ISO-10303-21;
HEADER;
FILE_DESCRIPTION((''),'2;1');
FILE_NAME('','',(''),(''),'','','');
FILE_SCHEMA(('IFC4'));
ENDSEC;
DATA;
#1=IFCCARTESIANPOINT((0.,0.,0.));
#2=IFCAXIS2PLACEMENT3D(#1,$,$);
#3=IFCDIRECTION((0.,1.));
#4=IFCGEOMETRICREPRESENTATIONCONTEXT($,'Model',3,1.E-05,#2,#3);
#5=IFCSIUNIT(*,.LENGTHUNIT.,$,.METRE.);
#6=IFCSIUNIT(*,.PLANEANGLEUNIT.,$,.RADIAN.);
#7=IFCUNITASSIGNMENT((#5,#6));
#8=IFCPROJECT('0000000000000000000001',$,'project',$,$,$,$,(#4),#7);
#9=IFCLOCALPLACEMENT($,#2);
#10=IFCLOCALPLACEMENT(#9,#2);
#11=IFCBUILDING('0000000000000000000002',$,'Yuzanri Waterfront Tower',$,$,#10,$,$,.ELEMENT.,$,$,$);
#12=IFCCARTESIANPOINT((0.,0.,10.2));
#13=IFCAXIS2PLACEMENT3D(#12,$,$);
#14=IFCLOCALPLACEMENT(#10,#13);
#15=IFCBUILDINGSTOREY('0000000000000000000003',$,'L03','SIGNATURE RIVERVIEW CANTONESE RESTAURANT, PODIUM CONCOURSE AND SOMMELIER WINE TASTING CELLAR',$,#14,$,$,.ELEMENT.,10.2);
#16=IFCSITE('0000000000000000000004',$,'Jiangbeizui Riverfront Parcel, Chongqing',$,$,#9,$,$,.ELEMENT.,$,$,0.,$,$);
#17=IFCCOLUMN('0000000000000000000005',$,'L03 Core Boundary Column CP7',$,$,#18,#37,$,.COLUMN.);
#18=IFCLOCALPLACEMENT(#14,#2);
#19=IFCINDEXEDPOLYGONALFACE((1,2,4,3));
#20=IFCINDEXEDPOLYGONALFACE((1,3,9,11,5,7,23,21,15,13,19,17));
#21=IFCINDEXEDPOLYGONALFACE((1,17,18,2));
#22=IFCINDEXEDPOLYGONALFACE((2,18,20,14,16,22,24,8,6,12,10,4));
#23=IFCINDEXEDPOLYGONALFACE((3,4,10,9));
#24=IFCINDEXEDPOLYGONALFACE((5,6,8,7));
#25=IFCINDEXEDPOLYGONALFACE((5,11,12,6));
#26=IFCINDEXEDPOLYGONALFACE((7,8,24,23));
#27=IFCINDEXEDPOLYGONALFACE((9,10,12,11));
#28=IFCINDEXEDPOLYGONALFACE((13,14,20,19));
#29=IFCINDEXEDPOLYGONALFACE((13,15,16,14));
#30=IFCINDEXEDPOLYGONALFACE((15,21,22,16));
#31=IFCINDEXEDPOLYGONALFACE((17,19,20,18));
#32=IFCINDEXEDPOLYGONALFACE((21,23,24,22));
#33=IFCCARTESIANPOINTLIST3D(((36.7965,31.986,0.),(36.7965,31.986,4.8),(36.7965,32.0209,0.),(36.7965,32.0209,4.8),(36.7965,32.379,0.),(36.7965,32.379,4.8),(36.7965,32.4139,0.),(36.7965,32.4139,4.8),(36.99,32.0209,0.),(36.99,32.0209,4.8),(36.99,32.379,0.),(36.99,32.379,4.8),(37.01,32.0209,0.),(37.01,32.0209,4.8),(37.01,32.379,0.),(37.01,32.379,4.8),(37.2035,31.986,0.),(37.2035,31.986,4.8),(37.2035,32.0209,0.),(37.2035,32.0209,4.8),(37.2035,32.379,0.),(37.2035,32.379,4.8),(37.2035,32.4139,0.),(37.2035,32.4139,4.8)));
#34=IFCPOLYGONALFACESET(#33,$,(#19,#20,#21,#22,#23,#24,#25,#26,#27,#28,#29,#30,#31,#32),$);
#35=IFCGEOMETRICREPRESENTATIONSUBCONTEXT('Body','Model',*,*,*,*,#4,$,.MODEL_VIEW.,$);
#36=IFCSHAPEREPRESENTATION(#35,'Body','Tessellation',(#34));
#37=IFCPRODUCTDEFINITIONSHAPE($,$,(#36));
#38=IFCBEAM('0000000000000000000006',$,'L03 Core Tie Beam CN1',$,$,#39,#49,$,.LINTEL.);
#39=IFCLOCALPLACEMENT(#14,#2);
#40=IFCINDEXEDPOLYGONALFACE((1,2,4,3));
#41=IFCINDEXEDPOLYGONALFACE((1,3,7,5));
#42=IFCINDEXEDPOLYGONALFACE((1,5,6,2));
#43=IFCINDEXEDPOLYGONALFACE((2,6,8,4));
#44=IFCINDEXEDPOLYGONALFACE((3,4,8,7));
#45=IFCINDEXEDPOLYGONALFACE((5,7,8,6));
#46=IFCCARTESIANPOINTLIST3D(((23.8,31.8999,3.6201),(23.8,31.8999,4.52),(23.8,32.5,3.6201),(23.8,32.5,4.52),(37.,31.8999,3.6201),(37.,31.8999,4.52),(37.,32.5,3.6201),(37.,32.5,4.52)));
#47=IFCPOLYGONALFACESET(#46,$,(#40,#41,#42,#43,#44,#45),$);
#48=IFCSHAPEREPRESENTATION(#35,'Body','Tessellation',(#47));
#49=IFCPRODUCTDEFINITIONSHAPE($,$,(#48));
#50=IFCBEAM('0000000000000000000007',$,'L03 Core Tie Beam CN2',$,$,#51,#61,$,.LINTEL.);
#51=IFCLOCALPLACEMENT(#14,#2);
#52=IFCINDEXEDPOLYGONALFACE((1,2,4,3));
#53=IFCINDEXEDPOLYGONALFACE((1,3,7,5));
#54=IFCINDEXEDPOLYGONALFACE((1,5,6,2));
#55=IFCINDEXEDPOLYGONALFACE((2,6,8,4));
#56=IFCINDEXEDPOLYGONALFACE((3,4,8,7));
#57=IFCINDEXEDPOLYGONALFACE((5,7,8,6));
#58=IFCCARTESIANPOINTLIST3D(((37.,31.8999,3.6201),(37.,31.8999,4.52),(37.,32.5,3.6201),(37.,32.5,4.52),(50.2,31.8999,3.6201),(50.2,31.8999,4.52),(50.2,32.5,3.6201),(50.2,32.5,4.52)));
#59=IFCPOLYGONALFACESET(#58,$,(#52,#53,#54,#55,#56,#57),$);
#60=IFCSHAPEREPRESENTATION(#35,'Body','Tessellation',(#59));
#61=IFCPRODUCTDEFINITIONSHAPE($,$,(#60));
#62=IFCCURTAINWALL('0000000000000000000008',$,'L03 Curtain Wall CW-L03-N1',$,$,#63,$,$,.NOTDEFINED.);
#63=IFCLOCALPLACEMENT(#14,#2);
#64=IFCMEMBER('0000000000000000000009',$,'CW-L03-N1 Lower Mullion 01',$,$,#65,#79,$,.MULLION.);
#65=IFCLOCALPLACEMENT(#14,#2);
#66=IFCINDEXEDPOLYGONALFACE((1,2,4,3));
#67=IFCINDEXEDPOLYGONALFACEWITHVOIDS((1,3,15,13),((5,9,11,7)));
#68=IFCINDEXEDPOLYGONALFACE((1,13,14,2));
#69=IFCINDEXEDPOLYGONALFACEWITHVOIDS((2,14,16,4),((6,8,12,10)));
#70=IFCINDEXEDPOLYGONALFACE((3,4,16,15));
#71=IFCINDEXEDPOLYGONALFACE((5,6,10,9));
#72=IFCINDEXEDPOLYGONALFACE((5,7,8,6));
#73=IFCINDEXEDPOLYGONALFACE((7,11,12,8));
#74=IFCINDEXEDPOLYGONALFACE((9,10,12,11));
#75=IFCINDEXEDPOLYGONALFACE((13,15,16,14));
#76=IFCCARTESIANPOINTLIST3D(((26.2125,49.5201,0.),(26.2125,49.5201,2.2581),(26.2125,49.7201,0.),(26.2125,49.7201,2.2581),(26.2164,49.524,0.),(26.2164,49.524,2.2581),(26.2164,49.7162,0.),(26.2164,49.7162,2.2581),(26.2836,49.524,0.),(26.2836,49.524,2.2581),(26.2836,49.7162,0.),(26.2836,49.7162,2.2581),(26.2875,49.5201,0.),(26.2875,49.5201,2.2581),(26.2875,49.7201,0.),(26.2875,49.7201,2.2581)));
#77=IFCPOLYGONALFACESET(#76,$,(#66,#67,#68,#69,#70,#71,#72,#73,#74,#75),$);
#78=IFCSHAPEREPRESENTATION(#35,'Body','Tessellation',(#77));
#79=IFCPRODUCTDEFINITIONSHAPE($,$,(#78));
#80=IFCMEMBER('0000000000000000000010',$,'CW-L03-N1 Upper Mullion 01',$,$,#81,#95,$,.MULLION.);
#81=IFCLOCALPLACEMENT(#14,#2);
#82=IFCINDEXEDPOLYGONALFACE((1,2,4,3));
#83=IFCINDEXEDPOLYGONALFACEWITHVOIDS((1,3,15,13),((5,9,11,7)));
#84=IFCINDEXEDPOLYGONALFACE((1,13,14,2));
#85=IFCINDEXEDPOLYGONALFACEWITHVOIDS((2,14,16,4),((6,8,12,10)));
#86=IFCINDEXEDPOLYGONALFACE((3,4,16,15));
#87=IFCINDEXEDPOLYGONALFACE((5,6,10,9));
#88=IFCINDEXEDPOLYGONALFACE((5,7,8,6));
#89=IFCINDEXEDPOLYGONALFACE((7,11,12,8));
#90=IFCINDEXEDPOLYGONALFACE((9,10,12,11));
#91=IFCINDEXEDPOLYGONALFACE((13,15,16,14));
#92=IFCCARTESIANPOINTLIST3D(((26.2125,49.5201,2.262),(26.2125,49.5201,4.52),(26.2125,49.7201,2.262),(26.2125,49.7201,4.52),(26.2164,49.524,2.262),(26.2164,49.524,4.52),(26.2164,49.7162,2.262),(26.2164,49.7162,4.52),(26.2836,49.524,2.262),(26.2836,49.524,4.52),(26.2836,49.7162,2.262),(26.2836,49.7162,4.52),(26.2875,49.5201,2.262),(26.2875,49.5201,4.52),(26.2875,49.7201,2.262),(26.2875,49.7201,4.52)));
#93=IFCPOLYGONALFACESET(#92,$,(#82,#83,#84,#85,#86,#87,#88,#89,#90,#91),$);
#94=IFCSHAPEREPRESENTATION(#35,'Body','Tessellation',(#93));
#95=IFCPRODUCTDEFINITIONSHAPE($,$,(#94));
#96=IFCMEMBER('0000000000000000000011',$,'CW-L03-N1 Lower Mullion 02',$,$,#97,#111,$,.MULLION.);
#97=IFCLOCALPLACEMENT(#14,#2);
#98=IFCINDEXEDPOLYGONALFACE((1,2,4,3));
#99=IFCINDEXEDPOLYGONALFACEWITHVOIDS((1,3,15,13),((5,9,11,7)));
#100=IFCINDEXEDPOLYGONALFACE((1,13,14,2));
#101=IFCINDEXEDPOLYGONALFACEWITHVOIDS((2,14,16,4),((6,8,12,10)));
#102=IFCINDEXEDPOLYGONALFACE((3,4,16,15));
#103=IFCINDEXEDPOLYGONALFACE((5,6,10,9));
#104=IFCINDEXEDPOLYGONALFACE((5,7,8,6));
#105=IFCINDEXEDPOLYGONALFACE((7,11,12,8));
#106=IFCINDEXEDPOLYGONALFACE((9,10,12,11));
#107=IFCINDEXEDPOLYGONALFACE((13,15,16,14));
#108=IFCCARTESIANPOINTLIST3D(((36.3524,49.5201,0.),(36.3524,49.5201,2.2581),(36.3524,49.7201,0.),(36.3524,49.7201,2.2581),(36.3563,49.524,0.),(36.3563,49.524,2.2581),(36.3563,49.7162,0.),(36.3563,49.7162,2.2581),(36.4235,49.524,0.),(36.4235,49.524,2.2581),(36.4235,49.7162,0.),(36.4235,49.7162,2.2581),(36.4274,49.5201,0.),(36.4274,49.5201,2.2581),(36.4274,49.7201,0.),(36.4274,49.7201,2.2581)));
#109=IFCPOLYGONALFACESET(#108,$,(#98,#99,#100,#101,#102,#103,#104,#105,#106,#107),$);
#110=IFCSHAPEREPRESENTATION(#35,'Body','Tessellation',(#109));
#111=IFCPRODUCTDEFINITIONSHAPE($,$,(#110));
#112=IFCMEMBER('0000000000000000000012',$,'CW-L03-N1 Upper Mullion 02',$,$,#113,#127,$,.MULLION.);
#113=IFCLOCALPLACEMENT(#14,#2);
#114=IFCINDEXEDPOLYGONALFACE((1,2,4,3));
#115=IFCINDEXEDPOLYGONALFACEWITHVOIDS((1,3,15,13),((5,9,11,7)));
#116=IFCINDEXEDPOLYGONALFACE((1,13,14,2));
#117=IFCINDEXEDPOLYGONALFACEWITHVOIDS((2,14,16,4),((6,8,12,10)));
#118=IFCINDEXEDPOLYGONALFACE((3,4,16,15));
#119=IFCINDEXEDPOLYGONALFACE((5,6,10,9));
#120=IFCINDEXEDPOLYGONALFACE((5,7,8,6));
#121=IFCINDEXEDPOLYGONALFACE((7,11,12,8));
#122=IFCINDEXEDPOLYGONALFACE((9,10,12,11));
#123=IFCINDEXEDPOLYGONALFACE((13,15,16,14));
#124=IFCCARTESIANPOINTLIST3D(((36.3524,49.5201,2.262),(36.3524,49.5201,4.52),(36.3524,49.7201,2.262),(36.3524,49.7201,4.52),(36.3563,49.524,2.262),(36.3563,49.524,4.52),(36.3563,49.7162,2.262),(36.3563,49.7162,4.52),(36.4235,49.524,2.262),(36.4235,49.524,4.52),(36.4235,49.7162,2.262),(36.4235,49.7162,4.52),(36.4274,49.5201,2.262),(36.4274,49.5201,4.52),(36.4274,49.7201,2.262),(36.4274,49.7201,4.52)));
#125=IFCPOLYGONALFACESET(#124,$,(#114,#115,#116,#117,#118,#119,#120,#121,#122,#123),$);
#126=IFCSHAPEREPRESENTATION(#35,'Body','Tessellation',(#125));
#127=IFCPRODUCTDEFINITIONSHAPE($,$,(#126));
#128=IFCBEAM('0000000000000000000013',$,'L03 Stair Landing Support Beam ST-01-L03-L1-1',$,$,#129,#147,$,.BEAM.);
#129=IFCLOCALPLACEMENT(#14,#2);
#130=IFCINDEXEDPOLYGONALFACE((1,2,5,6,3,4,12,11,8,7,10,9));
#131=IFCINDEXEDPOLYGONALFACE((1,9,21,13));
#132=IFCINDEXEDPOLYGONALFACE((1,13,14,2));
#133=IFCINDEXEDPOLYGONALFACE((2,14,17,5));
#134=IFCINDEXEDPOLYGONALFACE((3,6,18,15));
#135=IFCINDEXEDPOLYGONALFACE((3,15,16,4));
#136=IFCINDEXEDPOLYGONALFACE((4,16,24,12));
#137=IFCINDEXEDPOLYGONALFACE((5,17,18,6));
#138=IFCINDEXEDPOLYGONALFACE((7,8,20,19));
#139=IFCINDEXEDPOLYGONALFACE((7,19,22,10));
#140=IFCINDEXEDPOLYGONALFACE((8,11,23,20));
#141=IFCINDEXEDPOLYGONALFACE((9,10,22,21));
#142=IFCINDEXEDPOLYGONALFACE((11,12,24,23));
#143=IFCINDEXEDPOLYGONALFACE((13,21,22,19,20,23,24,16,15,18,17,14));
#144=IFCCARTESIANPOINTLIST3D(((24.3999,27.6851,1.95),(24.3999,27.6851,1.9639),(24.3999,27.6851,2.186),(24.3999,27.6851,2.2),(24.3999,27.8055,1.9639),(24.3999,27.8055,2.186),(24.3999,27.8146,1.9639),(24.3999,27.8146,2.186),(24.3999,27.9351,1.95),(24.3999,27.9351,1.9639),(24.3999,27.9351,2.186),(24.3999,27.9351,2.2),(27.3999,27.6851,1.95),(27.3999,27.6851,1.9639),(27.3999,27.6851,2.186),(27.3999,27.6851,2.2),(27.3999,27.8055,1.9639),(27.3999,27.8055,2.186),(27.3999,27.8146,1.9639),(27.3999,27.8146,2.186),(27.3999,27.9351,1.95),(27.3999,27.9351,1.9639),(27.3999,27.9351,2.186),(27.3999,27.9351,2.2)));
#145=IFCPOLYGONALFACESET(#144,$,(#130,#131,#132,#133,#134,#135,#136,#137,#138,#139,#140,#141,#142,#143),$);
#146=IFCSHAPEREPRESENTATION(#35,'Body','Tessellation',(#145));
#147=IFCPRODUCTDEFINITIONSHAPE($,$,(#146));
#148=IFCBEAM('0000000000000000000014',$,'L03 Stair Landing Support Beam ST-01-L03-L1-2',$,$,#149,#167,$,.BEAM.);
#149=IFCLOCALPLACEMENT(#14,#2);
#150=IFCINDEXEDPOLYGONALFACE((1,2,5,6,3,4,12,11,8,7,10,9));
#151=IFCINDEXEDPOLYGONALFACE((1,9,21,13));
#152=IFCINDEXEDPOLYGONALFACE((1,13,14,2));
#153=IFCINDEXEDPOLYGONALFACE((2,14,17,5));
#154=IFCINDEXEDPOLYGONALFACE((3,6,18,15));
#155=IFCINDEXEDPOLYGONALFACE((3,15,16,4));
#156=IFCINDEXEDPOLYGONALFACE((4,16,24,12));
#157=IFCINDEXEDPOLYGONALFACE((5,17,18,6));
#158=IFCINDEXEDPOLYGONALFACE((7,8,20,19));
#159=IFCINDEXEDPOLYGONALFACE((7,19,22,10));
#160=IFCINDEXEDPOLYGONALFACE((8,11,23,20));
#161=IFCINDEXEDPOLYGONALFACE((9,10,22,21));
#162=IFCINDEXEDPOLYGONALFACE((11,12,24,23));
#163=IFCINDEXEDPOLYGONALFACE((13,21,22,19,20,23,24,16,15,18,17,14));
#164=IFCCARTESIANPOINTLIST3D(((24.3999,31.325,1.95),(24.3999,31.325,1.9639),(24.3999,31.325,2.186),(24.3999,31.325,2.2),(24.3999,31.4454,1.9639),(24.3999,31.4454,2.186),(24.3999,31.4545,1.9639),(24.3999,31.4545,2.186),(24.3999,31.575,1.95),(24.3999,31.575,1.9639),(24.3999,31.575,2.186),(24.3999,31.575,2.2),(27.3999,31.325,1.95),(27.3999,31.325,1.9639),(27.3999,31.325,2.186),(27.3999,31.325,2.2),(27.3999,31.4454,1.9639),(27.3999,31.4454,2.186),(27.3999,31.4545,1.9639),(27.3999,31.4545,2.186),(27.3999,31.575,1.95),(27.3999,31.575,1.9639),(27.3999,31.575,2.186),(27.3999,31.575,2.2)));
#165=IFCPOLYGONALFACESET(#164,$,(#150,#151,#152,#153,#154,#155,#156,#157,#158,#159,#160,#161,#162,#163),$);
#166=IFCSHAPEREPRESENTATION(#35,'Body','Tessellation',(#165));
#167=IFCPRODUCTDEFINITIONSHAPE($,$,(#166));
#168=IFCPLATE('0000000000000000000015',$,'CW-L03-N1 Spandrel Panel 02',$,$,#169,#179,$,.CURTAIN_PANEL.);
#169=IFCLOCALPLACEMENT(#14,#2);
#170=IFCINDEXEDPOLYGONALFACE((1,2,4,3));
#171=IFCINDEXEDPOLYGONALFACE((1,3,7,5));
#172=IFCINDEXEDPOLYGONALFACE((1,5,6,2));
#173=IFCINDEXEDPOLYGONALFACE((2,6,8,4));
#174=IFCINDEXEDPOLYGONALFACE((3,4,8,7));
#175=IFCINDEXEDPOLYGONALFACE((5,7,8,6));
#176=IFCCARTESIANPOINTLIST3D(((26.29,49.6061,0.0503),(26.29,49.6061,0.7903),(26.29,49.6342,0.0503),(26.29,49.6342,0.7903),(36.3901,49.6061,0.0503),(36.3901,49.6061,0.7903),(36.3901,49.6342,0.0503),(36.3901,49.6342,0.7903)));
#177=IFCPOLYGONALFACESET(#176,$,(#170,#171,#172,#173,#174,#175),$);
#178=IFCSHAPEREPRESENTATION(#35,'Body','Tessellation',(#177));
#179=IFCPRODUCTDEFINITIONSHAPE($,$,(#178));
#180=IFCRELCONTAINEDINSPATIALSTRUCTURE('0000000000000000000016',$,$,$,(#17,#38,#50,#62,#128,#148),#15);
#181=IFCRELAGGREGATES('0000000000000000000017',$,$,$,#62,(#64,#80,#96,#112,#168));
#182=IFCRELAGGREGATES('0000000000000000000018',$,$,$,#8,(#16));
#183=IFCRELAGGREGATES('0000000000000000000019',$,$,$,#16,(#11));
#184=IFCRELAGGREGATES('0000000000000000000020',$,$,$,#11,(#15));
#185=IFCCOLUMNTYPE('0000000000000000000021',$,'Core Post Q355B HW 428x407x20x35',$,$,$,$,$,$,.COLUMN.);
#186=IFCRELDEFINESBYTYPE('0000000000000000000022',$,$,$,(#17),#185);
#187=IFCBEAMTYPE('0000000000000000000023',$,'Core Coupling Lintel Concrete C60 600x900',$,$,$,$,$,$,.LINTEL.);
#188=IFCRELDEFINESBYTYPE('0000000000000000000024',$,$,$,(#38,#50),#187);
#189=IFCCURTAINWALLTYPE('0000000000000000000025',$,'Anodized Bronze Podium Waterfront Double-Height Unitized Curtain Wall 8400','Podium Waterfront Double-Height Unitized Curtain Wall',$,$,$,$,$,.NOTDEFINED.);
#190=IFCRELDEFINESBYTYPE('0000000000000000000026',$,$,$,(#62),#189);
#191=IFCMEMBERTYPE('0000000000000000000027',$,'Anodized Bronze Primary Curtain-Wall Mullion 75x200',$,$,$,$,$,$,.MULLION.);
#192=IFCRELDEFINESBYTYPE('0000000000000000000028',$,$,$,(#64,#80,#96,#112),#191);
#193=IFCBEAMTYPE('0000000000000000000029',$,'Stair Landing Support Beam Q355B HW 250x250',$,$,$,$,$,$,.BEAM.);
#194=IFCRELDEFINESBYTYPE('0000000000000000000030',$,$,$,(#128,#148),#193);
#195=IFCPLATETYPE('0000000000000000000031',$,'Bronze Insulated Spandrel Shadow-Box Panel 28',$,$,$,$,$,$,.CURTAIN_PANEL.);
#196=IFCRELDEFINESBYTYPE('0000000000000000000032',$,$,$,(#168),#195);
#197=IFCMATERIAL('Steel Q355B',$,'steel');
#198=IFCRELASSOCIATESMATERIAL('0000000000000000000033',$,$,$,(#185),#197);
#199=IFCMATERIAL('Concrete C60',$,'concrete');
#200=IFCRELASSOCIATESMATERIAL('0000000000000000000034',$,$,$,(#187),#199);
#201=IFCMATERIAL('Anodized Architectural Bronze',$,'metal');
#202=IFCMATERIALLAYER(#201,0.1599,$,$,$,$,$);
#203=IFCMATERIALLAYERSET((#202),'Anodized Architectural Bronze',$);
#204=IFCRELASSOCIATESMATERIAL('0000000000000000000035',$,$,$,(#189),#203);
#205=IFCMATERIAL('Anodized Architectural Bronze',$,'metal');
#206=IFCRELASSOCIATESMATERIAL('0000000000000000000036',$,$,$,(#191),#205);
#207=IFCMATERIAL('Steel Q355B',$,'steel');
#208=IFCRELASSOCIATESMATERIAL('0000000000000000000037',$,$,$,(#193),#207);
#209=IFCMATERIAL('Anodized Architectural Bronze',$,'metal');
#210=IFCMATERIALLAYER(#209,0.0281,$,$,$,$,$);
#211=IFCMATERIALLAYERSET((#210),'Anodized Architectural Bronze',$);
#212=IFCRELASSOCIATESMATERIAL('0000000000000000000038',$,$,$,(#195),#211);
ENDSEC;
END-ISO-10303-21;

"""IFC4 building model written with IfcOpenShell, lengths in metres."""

from ifc_helpers import new_model, si_unit, direction, frame, origin, origin_2d, place, context, subcontext, project, spatial, rectangle, hollow_rectangle, i_section, extrude, source, transform, mapped, material, layer, layer_set, material_profile, profile_set, type_object, element, aggregate, save


model = new_model("IFC4")

# Units and contexts
model_context = context("Model", 3, precision=1e-05, world=origin(), true_north=direction((0.0, 1.0)))
body_context = subcontext(model_context, "Body", "Model", "MODEL_VIEW")
ifc_project = project(units=[si_unit("LENGTHUNIT", "METRE"), si_unit("PLANEANGLEUNIT", "RADIAN")], contexts=[model_context])

# Site, building, storey
site_placement = place(None, origin())
site = spatial("IfcSite", under=ifc_project, at=site_placement, Name="Jiangbeizui Riverfront Parcel, Chongqing", CompositionType="ELEMENT", RefElevation=0.0)
building_placement = place(site_placement, origin())
building = spatial("IfcBuilding", under=site, at=building_placement, Name="Yuzanri Waterfront Tower", CompositionType="ELEMENT")
storey_placement = place(building_placement, frame((0.0, 0.0, 10.2)))
storey = spatial("IfcBuildingStorey", under=building, at=storey_placement, Name="L03", Description="SIGNATURE RIVERVIEW CANTONESE RESTAURANT, PODIUM CONCOURSE AND SOMMELIER WINE TASTING CELLAR", CompositionType="ELEMENT", Elevation=10.2)

# Column
ifc_material_1 = material(Name="Steel Q355B", Category="steel")
ifc_material_profile_1 = material_profile(ifc_material_1, i_section(OverallWidth=0.407, OverallDepth=0.428, WebThickness=0.02, FlangeThickness=0.0349, at=origin_2d()), Name="HW 428x407x20x35")
ifc_profile_set_1 = profile_set([ifc_material_profile_1], Name="Steel Q355B")
column_type = type_object("IfcColumnType", Name="Core Post Q355B HW 428x407x20x35", PredefinedType="COLUMN", material=ifc_profile_set_1)
shared_shape_1 = source(origin(), body_context, "Body", "SweptSolid", [
    extrude(i_section(OverallWidth=0.407, OverallDepth=0.428, WebThickness=0.02, FlangeThickness=0.0349, at=origin_2d()), origin(), (0.0, 0.0, 1.0), 4.8),
])
column_placement = place(storey_placement, frame((37.0, 32.2, 0.0), z_axis=(0.0, 0.0, 1.0), x_axis=(1.0, 0.0, 0.0)))
element("IfcColumn", 1, at=column_placement, inside=storey, type_object=column_type, Name="L03 Core Boundary Column CP7", PredefinedType="COLUMN", context=body_context, shape_type="MappedRepresentation", body=[
    mapped(shared_shape_1, transform((0.0, 0.0, 0.0), scale=1.0)),
])

# Beams
ifc_material_2 = material(Name="Concrete C60", Category="concrete")
ifc_material_profile_2 = material_profile(ifc_material_2, rectangle(XDim=0.6001, YDim=0.8999, at=origin_2d()), Name="RC 600x900")
ifc_profile_set_2 = profile_set([ifc_material_profile_2], Name="Concrete C60")
beam_type_1 = type_object("IfcBeamType", Name="Core Coupling Lintel Concrete C60 600x900", PredefinedType="LINTEL", material=ifc_profile_set_2)
shared_shape_2 = source(origin(), body_context, "Body", "SweptSolid", [
    extrude(rectangle(XDim=0.6001, YDim=0.8999, at=origin_2d()), origin(), (0.0, 0.0, 1.0), 13.2),
])
for number, where, z_axis, x_axis, name in (
    (2, (23.8, 32.2, 4.0701), (1.0, 0.0, 0.0), (0.0, 1.0, 0.0), "L03 Core Tie Beam CN1"),
    (3, (37.0, 32.2, 4.0701), (1.0, 0.0, 0.0), (0.0, 1.0, 0.0), "L03 Core Tie Beam CN2"),
):
    element("IfcBeam", number, at=place(storey_placement, frame(where, z_axis=z_axis, x_axis=x_axis)), inside=storey, type_object=beam_type_1, Name=name, PredefinedType="LINTEL", context=body_context, shape_type="MappedRepresentation", body=[
        mapped(shared_shape_2, transform((0.0, 0.0, 0.0), scale=1.0)),
    ])

# Curtain wall, members
ifc_material_3 = material(Name="Anodized Architectural Bronze", Category="metal")
ifc_layer_1 = layer(ifc_material_3, 0.1599)
ifc_layer_set_1 = layer_set([ifc_layer_1], Name="Anodized Architectural Bronze")
curtain_wall_type = type_object("IfcCurtainWallType", Name="Anodized Bronze Podium Waterfront Double-Height Unitized Curtain Wall 8400", Description="Podium Waterfront Double-Height Unitized Curtain Wall", PredefinedType="NOTDEFINED", material=ifc_layer_set_1)
curtain_wall_placement = place(storey_placement, origin())
curtain_wall = element("IfcCurtainWall", 4, at=curtain_wall_placement, inside=storey, type_object=curtain_wall_type, Name="L03 Curtain Wall CW-L03-N1", PredefinedType="NOTDEFINED")
ifc_material_4 = material(Name="Anodized Architectural Bronze", Category="metal")
ifc_material_profile_3 = material_profile(ifc_material_4, hollow_rectangle(XDim=0.075, YDim=0.2, WallThickness=0.0039, at=origin_2d()), Name="CWM 75x200")
ifc_profile_set_3 = profile_set([ifc_material_profile_3], Name="Anodized Architectural Bronze")
member_type = type_object("IfcMemberType", Name="Anodized Bronze Primary Curtain-Wall Mullion 75x200", PredefinedType="MULLION", material=ifc_profile_set_3)
shared_shape_3 = source(origin(), body_context, "Body", "SweptSolid", [
    extrude(hollow_rectangle(XDim=0.075, YDim=0.2, WallThickness=0.0039, at=origin_2d()), origin(), (0.0, 0.0, 1.0), 2.2581),
])
member_1_placement = place(storey_placement, frame((26.25, 49.6201, 0.0), z_axis=(0.0, 0.0, 1.0), x_axis=(1.0, 0.0, 0.0)))
member_1 = element("IfcMember", 5, at=member_1_placement, type_object=member_type, Name="CW-L03-N1 Lower Mullion 01", PredefinedType="MULLION", context=body_context, shape_type="MappedRepresentation", body=[
    mapped(shared_shape_3, transform((0.0, 0.0, 0.0), scale=1.0)),
])
member_2_placement = place(storey_placement, frame((26.25, 49.6201, 2.262), z_axis=(0.0, 0.0, 1.0), x_axis=(1.0, 0.0, 0.0)))
member_2 = element("IfcMember", 6, at=member_2_placement, type_object=member_type, Name="CW-L03-N1 Upper Mullion 01", PredefinedType="MULLION", context=body_context, shape_type="MappedRepresentation", body=[
    mapped(shared_shape_3, transform((0.0, 0.0, 0.0), scale=1.0)),
])
member_3_placement = place(storey_placement, frame((36.3899, 49.6201, 0.0), z_axis=(0.0, 0.0, 1.0), x_axis=(1.0, 0.0, 0.0)))
member_3 = element("IfcMember", 7, at=member_3_placement, type_object=member_type, Name="CW-L03-N1 Lower Mullion 02", PredefinedType="MULLION", context=body_context, shape_type="MappedRepresentation", body=[
    mapped(shared_shape_3, transform((0.0, 0.0, 0.0), scale=1.0)),
])
member_4_placement = place(storey_placement, frame((36.3899, 49.6201, 2.262), z_axis=(0.0, 0.0, 1.0), x_axis=(1.0, 0.0, 0.0)))
member_4 = element("IfcMember", 8, at=member_4_placement, type_object=member_type, Name="CW-L03-N1 Upper Mullion 02", PredefinedType="MULLION", context=body_context, shape_type="MappedRepresentation", body=[
    mapped(shared_shape_3, transform((0.0, 0.0, 0.0), scale=1.0)),
])

# Beams
ifc_material_5 = material(Name="Steel Q355B", Category="steel")
ifc_material_profile_4 = material_profile(ifc_material_5, i_section(OverallWidth=0.25, OverallDepth=0.25, WebThickness=0.009, FlangeThickness=0.0139, at=origin_2d()), Name="HW 250x250x9x14")
ifc_profile_set_4 = profile_set([ifc_material_profile_4], Name="Steel Q355B")
beam_type_2 = type_object("IfcBeamType", Name="Stair Landing Support Beam Q355B HW 250x250", PredefinedType="BEAM", material=ifc_profile_set_4)
shared_shape_4 = source(origin(), body_context, "Body", "SweptSolid", [
    extrude(i_section(OverallWidth=0.25, OverallDepth=0.25, WebThickness=0.009, FlangeThickness=0.0139, at=origin_2d()), origin(), (0.0, 0.0, 1.0), 3.0),
])
for number, where, z_axis, x_axis, name in (
    (9, (24.3999, 27.8101, 2.075), (1.0, 0.0, 0.0), (0.0, 1.0, 0.0), "L03 Stair Landing Support Beam ST-01-L03-L1-1"),
    (10, (24.3999, 31.45, 2.075), (1.0, 0.0, 0.0), (0.0, 1.0, 0.0), "L03 Stair Landing Support Beam ST-01-L03-L1-2"),
):
    element("IfcBeam", number, at=place(storey_placement, frame(where, z_axis=z_axis, x_axis=x_axis)), inside=storey, type_object=beam_type_2, Name=name, PredefinedType="BEAM", context=body_context, shape_type="MappedRepresentation", body=[
        mapped(shared_shape_4, transform((0.0, 0.0, 0.0), scale=1.0)),
    ])

# Plate
ifc_material_6 = material(Name="Anodized Architectural Bronze", Category="metal")
ifc_layer_2 = layer(ifc_material_6, 0.0281)
ifc_layer_set_2 = layer_set([ifc_layer_2], Name="Anodized Architectural Bronze")
plate_type_1 = type_object("IfcPlateType", Name="Bronze Insulated Spandrel Shadow-Box Panel 28", PredefinedType="CURTAIN_PANEL", material=ifc_layer_set_2)
shared_shape_5 = source(origin(), body_context, "Body", "SweptSolid", [
    extrude(rectangle(XDim=10.1001, YDim=0.0281, at=origin_2d()), origin(), (0.0, 0.0, 1.0), 0.74),
])
plate_1_placement = place(storey_placement, frame((31.3401, 49.6201, 0.0503), z_axis=(0.0, 0.0, 1.0), x_axis=(1.0, 0.0, 0.0)))
plate_1 = element("IfcPlate", 11, at=plate_1_placement, type_object=plate_type_1, Name="CW-L03-N1 Spandrel Panel 02", PredefinedType="CURTAIN_PANEL", context=body_context, shape_type="MappedRepresentation", body=[
    mapped(shared_shape_5, transform((0.0, 0.0, 0.0), scale=1.0)),
])
aggregate(curtain_wall, [member_1, member_2, member_3, member_4, plate_1])

save(model, "model.ifc")
